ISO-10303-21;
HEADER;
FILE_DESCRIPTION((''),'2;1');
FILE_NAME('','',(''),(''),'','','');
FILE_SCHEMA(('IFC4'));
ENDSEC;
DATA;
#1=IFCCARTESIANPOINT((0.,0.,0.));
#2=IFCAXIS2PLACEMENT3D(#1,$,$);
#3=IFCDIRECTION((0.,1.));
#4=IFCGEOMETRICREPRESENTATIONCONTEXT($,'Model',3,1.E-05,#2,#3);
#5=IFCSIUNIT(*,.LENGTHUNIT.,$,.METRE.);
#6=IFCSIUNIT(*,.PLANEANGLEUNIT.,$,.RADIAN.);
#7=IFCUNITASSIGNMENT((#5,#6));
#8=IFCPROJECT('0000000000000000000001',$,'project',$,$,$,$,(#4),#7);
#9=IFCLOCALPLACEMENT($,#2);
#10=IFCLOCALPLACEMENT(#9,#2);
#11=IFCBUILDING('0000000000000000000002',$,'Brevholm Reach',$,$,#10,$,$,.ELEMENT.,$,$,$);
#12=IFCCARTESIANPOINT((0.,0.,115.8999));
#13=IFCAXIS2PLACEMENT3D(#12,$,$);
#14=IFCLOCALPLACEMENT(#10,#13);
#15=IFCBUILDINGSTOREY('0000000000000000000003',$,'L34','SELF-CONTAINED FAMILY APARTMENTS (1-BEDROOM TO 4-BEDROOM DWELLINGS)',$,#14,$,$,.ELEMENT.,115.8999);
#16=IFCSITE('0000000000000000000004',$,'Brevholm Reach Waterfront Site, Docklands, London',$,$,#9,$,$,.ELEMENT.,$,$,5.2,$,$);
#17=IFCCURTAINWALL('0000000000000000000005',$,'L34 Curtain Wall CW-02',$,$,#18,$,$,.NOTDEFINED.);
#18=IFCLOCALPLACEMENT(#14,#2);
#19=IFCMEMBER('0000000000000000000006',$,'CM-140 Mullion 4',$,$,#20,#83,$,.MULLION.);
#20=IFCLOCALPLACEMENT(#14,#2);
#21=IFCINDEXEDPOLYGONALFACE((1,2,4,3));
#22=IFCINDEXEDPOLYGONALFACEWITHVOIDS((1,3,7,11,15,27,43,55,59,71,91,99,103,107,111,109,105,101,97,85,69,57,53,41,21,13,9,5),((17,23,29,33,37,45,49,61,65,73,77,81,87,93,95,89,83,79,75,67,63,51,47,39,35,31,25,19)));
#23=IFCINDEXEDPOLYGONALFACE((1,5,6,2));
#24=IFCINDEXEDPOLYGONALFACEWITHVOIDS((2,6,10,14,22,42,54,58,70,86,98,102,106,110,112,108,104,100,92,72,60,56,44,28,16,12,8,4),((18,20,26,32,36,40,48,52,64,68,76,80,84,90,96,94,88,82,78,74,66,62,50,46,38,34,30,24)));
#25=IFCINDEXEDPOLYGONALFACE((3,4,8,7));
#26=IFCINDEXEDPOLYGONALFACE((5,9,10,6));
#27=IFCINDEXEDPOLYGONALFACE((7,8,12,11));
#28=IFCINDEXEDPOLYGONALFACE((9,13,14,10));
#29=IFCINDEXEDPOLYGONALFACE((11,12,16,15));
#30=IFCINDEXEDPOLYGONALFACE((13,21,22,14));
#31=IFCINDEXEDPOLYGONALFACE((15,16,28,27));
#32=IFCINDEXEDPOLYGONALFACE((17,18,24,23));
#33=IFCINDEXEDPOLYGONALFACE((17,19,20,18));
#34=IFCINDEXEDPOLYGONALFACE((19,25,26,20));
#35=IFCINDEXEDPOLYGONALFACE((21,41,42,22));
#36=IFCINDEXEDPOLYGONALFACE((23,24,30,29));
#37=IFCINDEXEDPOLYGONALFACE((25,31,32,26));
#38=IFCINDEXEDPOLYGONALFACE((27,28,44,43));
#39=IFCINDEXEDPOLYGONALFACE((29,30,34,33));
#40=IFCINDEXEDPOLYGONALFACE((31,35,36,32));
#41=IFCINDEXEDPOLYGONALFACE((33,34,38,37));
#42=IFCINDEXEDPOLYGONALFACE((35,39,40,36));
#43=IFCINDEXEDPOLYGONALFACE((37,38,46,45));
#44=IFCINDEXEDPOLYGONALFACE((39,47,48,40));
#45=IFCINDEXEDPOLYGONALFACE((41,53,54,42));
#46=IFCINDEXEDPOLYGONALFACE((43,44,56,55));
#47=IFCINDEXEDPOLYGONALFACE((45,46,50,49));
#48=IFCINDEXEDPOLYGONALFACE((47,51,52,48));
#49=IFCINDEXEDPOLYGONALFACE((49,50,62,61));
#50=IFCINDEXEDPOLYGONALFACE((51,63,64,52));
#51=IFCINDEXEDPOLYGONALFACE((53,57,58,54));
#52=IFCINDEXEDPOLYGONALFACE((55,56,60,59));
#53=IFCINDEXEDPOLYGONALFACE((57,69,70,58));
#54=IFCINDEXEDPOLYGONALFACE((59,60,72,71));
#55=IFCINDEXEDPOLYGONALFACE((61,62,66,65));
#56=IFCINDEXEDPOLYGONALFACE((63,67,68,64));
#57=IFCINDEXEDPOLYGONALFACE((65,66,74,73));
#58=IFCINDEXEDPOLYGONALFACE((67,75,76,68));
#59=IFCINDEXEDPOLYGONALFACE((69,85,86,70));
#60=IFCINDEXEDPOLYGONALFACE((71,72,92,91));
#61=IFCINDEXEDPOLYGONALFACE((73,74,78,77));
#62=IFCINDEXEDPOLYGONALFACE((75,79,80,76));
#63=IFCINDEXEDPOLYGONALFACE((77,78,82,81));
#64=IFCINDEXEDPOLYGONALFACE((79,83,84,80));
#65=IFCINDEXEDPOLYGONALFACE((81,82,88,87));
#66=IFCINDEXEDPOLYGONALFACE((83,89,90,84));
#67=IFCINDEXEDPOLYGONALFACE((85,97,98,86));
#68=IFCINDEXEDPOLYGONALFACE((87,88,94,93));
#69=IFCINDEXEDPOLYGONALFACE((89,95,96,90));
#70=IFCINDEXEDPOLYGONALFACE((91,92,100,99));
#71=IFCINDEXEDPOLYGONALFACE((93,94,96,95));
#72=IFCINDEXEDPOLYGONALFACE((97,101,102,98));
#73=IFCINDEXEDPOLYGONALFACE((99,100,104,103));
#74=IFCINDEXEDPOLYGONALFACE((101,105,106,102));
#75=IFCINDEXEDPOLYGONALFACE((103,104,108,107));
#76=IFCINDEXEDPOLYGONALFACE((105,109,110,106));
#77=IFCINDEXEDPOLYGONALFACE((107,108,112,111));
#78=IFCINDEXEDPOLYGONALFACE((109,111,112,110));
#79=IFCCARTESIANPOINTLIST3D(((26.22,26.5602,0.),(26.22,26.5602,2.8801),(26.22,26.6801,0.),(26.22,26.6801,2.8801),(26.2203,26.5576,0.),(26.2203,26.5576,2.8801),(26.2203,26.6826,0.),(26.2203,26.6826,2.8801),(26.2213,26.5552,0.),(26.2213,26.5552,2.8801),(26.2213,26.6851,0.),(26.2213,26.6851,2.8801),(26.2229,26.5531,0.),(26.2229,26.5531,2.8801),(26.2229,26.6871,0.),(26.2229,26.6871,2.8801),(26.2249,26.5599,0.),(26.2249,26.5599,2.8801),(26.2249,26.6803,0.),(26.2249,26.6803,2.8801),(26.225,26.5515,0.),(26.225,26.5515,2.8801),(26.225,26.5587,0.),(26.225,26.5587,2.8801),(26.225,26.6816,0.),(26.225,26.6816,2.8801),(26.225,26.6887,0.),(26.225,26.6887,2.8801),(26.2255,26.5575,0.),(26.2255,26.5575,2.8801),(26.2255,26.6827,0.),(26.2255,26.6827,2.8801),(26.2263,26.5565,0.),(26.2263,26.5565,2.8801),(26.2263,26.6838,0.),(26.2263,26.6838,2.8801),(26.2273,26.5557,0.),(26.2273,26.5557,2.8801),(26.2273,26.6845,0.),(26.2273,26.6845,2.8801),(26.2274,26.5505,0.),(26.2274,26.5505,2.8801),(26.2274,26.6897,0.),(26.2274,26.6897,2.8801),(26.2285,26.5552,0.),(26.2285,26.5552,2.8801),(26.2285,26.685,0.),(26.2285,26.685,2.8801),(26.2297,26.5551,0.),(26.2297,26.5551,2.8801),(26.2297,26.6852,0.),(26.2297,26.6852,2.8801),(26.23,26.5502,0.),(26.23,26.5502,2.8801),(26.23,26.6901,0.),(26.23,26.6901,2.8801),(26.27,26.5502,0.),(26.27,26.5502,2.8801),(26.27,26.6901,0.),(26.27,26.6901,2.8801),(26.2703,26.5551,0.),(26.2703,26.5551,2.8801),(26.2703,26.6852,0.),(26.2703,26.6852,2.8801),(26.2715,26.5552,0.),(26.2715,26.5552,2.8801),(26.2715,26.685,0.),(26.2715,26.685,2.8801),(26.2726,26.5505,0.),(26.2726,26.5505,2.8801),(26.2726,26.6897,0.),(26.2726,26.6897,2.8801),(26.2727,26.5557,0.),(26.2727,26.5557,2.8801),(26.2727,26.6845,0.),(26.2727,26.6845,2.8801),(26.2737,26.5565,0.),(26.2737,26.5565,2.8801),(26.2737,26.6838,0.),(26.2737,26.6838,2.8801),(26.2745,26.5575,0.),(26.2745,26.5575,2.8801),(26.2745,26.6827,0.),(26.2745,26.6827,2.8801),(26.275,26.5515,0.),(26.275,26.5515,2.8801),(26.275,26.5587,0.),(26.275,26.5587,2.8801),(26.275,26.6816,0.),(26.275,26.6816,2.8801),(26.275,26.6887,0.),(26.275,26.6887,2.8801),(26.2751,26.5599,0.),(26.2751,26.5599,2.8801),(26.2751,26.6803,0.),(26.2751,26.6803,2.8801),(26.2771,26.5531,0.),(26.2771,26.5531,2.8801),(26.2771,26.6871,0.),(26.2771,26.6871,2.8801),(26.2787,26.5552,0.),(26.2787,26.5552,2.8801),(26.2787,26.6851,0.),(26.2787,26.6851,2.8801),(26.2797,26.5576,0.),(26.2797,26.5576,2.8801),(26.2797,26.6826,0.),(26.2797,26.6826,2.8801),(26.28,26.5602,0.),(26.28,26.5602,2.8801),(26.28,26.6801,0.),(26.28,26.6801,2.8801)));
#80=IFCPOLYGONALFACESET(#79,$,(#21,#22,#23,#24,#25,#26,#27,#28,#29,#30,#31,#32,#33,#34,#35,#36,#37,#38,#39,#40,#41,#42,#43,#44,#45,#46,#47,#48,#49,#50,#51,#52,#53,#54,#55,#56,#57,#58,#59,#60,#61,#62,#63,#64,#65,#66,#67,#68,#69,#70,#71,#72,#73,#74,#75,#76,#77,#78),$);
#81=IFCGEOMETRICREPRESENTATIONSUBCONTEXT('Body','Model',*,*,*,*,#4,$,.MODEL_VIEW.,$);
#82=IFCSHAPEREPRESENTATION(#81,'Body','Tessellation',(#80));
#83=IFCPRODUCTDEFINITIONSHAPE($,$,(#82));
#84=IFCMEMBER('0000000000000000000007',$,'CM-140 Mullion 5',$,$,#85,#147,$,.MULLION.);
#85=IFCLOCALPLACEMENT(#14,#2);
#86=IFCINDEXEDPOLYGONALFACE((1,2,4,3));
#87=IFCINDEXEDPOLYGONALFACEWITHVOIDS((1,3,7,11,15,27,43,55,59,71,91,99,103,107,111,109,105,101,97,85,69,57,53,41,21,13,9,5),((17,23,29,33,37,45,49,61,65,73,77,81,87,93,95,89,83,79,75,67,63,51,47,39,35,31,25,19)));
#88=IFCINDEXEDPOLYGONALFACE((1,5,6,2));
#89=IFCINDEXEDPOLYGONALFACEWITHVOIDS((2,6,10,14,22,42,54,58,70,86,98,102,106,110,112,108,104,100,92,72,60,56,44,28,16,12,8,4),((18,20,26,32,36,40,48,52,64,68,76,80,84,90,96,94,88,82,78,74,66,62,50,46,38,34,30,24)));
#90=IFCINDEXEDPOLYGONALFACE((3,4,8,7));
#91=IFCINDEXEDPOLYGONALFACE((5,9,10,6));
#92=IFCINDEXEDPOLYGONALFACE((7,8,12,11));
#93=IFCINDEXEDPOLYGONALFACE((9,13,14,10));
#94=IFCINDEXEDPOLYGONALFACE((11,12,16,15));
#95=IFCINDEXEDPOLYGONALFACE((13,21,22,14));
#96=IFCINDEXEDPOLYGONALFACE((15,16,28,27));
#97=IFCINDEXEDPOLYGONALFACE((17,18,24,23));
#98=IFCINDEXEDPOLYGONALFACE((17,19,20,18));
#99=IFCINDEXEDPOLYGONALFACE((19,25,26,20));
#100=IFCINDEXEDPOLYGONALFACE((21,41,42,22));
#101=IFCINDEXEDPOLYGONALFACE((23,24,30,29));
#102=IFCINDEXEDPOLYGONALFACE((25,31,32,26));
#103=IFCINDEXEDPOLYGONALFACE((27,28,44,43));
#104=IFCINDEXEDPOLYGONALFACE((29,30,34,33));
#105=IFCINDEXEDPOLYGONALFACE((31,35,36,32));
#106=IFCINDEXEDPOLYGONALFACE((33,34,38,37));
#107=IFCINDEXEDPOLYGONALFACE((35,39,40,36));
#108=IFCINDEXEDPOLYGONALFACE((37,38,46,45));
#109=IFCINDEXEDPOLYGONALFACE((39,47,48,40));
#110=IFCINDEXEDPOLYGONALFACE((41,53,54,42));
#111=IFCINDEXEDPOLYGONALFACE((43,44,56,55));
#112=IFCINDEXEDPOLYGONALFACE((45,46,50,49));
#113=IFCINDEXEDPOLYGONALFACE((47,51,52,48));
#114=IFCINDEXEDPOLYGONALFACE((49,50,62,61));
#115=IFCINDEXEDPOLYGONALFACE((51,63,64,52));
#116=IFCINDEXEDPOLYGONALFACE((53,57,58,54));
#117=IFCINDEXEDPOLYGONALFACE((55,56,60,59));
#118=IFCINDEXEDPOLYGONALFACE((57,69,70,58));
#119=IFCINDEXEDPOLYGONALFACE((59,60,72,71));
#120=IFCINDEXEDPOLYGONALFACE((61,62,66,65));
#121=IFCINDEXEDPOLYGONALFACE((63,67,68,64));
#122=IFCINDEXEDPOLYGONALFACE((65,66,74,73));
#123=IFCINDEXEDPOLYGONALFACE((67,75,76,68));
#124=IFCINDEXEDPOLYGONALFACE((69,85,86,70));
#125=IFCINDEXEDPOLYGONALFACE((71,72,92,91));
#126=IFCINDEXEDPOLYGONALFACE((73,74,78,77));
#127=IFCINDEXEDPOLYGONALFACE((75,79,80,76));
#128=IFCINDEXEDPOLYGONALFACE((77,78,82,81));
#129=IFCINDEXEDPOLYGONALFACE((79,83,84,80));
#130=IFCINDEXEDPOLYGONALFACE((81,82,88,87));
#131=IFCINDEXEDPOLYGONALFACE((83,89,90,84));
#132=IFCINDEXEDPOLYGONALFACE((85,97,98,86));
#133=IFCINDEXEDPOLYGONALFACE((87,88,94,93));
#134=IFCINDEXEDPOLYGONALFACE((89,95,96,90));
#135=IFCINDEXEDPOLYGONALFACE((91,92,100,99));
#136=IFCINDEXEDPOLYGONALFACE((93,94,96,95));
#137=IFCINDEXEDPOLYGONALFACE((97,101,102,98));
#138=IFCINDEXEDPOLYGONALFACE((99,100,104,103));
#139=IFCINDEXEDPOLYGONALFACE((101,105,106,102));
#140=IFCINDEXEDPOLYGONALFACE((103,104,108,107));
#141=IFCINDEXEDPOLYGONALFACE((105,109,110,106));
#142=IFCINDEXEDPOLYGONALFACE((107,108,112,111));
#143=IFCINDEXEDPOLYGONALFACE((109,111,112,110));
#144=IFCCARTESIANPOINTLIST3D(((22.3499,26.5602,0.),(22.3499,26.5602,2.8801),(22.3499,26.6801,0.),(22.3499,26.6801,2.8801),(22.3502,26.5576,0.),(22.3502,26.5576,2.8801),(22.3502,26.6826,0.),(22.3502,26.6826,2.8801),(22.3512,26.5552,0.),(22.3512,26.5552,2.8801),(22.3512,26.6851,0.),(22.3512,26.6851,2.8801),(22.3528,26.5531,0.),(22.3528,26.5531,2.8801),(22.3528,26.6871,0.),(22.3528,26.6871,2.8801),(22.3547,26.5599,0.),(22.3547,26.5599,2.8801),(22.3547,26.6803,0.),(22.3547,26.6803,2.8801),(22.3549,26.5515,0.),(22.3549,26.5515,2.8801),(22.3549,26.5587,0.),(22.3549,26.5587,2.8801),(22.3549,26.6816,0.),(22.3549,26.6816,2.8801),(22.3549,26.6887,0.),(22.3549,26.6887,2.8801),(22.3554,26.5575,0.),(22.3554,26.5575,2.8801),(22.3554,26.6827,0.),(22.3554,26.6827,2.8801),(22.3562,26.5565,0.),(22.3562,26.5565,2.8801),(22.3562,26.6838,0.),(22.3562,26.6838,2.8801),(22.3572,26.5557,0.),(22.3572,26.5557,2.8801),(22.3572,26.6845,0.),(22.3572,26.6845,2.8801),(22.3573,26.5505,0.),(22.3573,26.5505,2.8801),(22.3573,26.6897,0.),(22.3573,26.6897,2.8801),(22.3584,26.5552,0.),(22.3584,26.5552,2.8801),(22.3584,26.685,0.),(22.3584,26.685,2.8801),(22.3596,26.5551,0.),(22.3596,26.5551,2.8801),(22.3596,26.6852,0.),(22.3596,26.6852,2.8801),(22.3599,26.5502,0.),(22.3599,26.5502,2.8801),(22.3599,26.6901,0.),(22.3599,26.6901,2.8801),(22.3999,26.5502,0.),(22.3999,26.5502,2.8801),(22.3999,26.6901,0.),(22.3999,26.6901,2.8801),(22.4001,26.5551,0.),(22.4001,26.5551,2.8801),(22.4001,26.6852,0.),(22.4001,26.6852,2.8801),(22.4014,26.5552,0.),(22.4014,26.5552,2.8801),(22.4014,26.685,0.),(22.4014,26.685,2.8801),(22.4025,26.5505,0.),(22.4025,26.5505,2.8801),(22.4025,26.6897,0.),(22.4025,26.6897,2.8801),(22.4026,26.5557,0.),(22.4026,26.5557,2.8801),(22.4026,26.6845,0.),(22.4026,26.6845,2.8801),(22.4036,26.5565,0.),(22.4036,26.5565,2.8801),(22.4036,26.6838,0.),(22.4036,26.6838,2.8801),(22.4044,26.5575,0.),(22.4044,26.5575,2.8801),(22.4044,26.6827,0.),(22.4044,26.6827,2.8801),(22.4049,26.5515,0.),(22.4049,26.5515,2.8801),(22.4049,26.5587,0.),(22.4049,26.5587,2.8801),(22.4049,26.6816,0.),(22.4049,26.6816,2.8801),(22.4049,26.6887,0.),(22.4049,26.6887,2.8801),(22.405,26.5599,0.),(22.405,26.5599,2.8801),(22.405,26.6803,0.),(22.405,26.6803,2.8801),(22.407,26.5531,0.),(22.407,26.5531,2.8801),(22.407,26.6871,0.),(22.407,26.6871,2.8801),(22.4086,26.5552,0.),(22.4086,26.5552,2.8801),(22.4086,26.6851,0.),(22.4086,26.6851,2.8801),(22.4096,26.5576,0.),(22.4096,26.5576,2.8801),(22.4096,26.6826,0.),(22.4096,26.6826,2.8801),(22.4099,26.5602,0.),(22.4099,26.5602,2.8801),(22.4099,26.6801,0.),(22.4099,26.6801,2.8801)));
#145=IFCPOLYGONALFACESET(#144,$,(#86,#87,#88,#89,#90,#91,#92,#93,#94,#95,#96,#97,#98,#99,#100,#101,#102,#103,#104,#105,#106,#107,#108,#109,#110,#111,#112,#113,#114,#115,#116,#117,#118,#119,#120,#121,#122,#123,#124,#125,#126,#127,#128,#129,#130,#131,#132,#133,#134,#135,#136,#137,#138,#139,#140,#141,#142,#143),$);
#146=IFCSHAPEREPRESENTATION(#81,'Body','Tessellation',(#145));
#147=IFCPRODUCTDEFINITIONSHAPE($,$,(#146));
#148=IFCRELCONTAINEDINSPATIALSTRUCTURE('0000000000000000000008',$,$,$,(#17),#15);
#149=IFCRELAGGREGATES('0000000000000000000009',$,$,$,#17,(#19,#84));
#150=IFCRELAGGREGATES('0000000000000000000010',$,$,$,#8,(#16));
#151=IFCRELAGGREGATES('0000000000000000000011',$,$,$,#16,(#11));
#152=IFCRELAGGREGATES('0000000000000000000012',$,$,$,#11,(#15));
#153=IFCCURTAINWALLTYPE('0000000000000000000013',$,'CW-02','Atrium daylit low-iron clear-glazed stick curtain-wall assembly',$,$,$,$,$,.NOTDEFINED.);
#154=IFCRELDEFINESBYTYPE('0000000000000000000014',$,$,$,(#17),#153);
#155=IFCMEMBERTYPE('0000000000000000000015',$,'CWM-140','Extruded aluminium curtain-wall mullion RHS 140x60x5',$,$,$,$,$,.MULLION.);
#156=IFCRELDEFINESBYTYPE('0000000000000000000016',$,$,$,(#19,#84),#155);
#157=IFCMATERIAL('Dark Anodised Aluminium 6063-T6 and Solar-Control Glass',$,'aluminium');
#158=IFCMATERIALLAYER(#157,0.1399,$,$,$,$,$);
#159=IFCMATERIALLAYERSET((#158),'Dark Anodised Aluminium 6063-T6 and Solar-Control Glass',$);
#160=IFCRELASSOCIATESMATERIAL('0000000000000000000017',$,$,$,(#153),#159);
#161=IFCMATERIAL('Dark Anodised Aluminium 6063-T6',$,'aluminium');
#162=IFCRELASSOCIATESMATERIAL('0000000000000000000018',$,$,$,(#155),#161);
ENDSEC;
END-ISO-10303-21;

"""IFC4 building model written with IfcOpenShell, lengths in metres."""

from ifc_helpers import new_model, si_unit, direction, frame, origin, origin_2d, place, context, subcontext, project, spatial, hollow_rectangle, extrude, material, layer, layer_set, material_profile, profile_set, type_object, element, aggregate, save


model = new_model("IFC4")

# Units and contexts
model_context = context("Model", 3, precision=1e-05, world=origin(), true_north=direction((0.0, 1.0)))
body_context = subcontext(model_context, "Body", "Model", "MODEL_VIEW")
ifc_project = project(units=[si_unit("LENGTHUNIT", "METRE"), si_unit("PLANEANGLEUNIT", "RADIAN")], contexts=[model_context])

# Site, building, storey
site_placement = place(None, origin())
site = spatial("IfcSite", under=ifc_project, at=site_placement, Name="Brevholm Reach Waterfront Site, Docklands, London", CompositionType="ELEMENT", RefElevation=5.2)
building_placement = place(site_placement, origin())
building = spatial("IfcBuilding", under=site, at=building_placement, Name="Brevholm Reach", CompositionType="ELEMENT")
storey_placement = place(building_placement, frame((0.0, 0.0, 115.8999)))
storey = spatial("IfcBuildingStorey", under=building, at=storey_placement, Name="L34", Description="SELF-CONTAINED FAMILY APARTMENTS (1-BEDROOM TO 4-BEDROOM DWELLINGS)", CompositionType="ELEMENT", Elevation=115.8999)

# Curtain wall, members
ifc_material_1 = material(Name="Dark Anodised Aluminium 6063-T6 and Solar-Control Glass", Category="aluminium")
ifc_layer_1 = layer(ifc_material_1, 0.1399)
ifc_layer_set_1 = layer_set([ifc_layer_1], Name="Dark Anodised Aluminium 6063-T6 and Solar-Control Glass")
curtain_wall_type_1 = type_object("IfcCurtainWallType", Name="CW-02", Description="Atrium daylit low-iron clear-glazed stick curtain-wall assembly", PredefinedType="NOTDEFINED", material=ifc_layer_set_1)
curtain_wall_1_placement = place(storey_placement, origin())
curtain_wall_1 = element("IfcCurtainWall", 1, at=curtain_wall_1_placement, inside=storey, type_object=curtain_wall_type_1, Name="L34 Curtain Wall CW-02", PredefinedType="NOTDEFINED")
ifc_material_2 = material(Name="Dark Anodised Aluminium 6063-T6", Category="aluminium")
ifc_material_profile_1 = material_profile(ifc_material_2, hollow_rectangle(XDim=0.0601, YDim=0.1399, WallThickness=0.0049, InnerFilletRadius=0.0049, OuterFilletRadius=0.01, at=origin_2d()), Name="RHS 140x60x5")
ifc_profile_set_1 = profile_set([ifc_material_profile_1], Name="Dark Anodised Aluminium 6063-T6")
member_type_1 = type_object("IfcMemberType", Name="CWM-140", Description="Extruded aluminium curtain-wall mullion RHS 140x60x5", PredefinedType="MULLION", material=ifc_profile_set_1)
member_1_placement = place(storey_placement, frame((26.25, 26.6201, 0.0), z_axis=(0.0, 0.0, 1.0), x_axis=(-1.0, 0.0, 0.0)))
member_1 = element("IfcMember", 2, at=member_1_placement, type_object=member_type_1, Name="CM-140 Mullion 4", PredefinedType="MULLION", context=body_context, shape_type="SweptSolid", body=[
    extrude(hollow_rectangle(XDim=0.0601, YDim=0.1399, WallThickness=0.0049, InnerFilletRadius=0.0049, OuterFilletRadius=0.01, at=origin_2d()), origin(), (0.0, 0.0, 1.0), 2.8801),
])
member_2_placement = place(storey_placement, frame((22.3799, 26.6201, 0.0), z_axis=(0.0, 0.0, 1.0), x_axis=(-1.0, 0.0, 0.0)))
member_2 = element("IfcMember", 3, at=member_2_placement, type_object=member_type_1, Name="CM-140 Mullion 5", PredefinedType="MULLION", context=body_context, shape_type="SweptSolid", body=[
    extrude(hollow_rectangle(XDim=0.0601, YDim=0.1399, WallThickness=0.0049, InnerFilletRadius=0.0049, OuterFilletRadius=0.01, at=origin_2d()), origin(), (0.0, 0.0, 1.0), 2.8801),
])

aggregate(curtain_wall_1, [member_1, member_2])

save(model, "model.ifc")
